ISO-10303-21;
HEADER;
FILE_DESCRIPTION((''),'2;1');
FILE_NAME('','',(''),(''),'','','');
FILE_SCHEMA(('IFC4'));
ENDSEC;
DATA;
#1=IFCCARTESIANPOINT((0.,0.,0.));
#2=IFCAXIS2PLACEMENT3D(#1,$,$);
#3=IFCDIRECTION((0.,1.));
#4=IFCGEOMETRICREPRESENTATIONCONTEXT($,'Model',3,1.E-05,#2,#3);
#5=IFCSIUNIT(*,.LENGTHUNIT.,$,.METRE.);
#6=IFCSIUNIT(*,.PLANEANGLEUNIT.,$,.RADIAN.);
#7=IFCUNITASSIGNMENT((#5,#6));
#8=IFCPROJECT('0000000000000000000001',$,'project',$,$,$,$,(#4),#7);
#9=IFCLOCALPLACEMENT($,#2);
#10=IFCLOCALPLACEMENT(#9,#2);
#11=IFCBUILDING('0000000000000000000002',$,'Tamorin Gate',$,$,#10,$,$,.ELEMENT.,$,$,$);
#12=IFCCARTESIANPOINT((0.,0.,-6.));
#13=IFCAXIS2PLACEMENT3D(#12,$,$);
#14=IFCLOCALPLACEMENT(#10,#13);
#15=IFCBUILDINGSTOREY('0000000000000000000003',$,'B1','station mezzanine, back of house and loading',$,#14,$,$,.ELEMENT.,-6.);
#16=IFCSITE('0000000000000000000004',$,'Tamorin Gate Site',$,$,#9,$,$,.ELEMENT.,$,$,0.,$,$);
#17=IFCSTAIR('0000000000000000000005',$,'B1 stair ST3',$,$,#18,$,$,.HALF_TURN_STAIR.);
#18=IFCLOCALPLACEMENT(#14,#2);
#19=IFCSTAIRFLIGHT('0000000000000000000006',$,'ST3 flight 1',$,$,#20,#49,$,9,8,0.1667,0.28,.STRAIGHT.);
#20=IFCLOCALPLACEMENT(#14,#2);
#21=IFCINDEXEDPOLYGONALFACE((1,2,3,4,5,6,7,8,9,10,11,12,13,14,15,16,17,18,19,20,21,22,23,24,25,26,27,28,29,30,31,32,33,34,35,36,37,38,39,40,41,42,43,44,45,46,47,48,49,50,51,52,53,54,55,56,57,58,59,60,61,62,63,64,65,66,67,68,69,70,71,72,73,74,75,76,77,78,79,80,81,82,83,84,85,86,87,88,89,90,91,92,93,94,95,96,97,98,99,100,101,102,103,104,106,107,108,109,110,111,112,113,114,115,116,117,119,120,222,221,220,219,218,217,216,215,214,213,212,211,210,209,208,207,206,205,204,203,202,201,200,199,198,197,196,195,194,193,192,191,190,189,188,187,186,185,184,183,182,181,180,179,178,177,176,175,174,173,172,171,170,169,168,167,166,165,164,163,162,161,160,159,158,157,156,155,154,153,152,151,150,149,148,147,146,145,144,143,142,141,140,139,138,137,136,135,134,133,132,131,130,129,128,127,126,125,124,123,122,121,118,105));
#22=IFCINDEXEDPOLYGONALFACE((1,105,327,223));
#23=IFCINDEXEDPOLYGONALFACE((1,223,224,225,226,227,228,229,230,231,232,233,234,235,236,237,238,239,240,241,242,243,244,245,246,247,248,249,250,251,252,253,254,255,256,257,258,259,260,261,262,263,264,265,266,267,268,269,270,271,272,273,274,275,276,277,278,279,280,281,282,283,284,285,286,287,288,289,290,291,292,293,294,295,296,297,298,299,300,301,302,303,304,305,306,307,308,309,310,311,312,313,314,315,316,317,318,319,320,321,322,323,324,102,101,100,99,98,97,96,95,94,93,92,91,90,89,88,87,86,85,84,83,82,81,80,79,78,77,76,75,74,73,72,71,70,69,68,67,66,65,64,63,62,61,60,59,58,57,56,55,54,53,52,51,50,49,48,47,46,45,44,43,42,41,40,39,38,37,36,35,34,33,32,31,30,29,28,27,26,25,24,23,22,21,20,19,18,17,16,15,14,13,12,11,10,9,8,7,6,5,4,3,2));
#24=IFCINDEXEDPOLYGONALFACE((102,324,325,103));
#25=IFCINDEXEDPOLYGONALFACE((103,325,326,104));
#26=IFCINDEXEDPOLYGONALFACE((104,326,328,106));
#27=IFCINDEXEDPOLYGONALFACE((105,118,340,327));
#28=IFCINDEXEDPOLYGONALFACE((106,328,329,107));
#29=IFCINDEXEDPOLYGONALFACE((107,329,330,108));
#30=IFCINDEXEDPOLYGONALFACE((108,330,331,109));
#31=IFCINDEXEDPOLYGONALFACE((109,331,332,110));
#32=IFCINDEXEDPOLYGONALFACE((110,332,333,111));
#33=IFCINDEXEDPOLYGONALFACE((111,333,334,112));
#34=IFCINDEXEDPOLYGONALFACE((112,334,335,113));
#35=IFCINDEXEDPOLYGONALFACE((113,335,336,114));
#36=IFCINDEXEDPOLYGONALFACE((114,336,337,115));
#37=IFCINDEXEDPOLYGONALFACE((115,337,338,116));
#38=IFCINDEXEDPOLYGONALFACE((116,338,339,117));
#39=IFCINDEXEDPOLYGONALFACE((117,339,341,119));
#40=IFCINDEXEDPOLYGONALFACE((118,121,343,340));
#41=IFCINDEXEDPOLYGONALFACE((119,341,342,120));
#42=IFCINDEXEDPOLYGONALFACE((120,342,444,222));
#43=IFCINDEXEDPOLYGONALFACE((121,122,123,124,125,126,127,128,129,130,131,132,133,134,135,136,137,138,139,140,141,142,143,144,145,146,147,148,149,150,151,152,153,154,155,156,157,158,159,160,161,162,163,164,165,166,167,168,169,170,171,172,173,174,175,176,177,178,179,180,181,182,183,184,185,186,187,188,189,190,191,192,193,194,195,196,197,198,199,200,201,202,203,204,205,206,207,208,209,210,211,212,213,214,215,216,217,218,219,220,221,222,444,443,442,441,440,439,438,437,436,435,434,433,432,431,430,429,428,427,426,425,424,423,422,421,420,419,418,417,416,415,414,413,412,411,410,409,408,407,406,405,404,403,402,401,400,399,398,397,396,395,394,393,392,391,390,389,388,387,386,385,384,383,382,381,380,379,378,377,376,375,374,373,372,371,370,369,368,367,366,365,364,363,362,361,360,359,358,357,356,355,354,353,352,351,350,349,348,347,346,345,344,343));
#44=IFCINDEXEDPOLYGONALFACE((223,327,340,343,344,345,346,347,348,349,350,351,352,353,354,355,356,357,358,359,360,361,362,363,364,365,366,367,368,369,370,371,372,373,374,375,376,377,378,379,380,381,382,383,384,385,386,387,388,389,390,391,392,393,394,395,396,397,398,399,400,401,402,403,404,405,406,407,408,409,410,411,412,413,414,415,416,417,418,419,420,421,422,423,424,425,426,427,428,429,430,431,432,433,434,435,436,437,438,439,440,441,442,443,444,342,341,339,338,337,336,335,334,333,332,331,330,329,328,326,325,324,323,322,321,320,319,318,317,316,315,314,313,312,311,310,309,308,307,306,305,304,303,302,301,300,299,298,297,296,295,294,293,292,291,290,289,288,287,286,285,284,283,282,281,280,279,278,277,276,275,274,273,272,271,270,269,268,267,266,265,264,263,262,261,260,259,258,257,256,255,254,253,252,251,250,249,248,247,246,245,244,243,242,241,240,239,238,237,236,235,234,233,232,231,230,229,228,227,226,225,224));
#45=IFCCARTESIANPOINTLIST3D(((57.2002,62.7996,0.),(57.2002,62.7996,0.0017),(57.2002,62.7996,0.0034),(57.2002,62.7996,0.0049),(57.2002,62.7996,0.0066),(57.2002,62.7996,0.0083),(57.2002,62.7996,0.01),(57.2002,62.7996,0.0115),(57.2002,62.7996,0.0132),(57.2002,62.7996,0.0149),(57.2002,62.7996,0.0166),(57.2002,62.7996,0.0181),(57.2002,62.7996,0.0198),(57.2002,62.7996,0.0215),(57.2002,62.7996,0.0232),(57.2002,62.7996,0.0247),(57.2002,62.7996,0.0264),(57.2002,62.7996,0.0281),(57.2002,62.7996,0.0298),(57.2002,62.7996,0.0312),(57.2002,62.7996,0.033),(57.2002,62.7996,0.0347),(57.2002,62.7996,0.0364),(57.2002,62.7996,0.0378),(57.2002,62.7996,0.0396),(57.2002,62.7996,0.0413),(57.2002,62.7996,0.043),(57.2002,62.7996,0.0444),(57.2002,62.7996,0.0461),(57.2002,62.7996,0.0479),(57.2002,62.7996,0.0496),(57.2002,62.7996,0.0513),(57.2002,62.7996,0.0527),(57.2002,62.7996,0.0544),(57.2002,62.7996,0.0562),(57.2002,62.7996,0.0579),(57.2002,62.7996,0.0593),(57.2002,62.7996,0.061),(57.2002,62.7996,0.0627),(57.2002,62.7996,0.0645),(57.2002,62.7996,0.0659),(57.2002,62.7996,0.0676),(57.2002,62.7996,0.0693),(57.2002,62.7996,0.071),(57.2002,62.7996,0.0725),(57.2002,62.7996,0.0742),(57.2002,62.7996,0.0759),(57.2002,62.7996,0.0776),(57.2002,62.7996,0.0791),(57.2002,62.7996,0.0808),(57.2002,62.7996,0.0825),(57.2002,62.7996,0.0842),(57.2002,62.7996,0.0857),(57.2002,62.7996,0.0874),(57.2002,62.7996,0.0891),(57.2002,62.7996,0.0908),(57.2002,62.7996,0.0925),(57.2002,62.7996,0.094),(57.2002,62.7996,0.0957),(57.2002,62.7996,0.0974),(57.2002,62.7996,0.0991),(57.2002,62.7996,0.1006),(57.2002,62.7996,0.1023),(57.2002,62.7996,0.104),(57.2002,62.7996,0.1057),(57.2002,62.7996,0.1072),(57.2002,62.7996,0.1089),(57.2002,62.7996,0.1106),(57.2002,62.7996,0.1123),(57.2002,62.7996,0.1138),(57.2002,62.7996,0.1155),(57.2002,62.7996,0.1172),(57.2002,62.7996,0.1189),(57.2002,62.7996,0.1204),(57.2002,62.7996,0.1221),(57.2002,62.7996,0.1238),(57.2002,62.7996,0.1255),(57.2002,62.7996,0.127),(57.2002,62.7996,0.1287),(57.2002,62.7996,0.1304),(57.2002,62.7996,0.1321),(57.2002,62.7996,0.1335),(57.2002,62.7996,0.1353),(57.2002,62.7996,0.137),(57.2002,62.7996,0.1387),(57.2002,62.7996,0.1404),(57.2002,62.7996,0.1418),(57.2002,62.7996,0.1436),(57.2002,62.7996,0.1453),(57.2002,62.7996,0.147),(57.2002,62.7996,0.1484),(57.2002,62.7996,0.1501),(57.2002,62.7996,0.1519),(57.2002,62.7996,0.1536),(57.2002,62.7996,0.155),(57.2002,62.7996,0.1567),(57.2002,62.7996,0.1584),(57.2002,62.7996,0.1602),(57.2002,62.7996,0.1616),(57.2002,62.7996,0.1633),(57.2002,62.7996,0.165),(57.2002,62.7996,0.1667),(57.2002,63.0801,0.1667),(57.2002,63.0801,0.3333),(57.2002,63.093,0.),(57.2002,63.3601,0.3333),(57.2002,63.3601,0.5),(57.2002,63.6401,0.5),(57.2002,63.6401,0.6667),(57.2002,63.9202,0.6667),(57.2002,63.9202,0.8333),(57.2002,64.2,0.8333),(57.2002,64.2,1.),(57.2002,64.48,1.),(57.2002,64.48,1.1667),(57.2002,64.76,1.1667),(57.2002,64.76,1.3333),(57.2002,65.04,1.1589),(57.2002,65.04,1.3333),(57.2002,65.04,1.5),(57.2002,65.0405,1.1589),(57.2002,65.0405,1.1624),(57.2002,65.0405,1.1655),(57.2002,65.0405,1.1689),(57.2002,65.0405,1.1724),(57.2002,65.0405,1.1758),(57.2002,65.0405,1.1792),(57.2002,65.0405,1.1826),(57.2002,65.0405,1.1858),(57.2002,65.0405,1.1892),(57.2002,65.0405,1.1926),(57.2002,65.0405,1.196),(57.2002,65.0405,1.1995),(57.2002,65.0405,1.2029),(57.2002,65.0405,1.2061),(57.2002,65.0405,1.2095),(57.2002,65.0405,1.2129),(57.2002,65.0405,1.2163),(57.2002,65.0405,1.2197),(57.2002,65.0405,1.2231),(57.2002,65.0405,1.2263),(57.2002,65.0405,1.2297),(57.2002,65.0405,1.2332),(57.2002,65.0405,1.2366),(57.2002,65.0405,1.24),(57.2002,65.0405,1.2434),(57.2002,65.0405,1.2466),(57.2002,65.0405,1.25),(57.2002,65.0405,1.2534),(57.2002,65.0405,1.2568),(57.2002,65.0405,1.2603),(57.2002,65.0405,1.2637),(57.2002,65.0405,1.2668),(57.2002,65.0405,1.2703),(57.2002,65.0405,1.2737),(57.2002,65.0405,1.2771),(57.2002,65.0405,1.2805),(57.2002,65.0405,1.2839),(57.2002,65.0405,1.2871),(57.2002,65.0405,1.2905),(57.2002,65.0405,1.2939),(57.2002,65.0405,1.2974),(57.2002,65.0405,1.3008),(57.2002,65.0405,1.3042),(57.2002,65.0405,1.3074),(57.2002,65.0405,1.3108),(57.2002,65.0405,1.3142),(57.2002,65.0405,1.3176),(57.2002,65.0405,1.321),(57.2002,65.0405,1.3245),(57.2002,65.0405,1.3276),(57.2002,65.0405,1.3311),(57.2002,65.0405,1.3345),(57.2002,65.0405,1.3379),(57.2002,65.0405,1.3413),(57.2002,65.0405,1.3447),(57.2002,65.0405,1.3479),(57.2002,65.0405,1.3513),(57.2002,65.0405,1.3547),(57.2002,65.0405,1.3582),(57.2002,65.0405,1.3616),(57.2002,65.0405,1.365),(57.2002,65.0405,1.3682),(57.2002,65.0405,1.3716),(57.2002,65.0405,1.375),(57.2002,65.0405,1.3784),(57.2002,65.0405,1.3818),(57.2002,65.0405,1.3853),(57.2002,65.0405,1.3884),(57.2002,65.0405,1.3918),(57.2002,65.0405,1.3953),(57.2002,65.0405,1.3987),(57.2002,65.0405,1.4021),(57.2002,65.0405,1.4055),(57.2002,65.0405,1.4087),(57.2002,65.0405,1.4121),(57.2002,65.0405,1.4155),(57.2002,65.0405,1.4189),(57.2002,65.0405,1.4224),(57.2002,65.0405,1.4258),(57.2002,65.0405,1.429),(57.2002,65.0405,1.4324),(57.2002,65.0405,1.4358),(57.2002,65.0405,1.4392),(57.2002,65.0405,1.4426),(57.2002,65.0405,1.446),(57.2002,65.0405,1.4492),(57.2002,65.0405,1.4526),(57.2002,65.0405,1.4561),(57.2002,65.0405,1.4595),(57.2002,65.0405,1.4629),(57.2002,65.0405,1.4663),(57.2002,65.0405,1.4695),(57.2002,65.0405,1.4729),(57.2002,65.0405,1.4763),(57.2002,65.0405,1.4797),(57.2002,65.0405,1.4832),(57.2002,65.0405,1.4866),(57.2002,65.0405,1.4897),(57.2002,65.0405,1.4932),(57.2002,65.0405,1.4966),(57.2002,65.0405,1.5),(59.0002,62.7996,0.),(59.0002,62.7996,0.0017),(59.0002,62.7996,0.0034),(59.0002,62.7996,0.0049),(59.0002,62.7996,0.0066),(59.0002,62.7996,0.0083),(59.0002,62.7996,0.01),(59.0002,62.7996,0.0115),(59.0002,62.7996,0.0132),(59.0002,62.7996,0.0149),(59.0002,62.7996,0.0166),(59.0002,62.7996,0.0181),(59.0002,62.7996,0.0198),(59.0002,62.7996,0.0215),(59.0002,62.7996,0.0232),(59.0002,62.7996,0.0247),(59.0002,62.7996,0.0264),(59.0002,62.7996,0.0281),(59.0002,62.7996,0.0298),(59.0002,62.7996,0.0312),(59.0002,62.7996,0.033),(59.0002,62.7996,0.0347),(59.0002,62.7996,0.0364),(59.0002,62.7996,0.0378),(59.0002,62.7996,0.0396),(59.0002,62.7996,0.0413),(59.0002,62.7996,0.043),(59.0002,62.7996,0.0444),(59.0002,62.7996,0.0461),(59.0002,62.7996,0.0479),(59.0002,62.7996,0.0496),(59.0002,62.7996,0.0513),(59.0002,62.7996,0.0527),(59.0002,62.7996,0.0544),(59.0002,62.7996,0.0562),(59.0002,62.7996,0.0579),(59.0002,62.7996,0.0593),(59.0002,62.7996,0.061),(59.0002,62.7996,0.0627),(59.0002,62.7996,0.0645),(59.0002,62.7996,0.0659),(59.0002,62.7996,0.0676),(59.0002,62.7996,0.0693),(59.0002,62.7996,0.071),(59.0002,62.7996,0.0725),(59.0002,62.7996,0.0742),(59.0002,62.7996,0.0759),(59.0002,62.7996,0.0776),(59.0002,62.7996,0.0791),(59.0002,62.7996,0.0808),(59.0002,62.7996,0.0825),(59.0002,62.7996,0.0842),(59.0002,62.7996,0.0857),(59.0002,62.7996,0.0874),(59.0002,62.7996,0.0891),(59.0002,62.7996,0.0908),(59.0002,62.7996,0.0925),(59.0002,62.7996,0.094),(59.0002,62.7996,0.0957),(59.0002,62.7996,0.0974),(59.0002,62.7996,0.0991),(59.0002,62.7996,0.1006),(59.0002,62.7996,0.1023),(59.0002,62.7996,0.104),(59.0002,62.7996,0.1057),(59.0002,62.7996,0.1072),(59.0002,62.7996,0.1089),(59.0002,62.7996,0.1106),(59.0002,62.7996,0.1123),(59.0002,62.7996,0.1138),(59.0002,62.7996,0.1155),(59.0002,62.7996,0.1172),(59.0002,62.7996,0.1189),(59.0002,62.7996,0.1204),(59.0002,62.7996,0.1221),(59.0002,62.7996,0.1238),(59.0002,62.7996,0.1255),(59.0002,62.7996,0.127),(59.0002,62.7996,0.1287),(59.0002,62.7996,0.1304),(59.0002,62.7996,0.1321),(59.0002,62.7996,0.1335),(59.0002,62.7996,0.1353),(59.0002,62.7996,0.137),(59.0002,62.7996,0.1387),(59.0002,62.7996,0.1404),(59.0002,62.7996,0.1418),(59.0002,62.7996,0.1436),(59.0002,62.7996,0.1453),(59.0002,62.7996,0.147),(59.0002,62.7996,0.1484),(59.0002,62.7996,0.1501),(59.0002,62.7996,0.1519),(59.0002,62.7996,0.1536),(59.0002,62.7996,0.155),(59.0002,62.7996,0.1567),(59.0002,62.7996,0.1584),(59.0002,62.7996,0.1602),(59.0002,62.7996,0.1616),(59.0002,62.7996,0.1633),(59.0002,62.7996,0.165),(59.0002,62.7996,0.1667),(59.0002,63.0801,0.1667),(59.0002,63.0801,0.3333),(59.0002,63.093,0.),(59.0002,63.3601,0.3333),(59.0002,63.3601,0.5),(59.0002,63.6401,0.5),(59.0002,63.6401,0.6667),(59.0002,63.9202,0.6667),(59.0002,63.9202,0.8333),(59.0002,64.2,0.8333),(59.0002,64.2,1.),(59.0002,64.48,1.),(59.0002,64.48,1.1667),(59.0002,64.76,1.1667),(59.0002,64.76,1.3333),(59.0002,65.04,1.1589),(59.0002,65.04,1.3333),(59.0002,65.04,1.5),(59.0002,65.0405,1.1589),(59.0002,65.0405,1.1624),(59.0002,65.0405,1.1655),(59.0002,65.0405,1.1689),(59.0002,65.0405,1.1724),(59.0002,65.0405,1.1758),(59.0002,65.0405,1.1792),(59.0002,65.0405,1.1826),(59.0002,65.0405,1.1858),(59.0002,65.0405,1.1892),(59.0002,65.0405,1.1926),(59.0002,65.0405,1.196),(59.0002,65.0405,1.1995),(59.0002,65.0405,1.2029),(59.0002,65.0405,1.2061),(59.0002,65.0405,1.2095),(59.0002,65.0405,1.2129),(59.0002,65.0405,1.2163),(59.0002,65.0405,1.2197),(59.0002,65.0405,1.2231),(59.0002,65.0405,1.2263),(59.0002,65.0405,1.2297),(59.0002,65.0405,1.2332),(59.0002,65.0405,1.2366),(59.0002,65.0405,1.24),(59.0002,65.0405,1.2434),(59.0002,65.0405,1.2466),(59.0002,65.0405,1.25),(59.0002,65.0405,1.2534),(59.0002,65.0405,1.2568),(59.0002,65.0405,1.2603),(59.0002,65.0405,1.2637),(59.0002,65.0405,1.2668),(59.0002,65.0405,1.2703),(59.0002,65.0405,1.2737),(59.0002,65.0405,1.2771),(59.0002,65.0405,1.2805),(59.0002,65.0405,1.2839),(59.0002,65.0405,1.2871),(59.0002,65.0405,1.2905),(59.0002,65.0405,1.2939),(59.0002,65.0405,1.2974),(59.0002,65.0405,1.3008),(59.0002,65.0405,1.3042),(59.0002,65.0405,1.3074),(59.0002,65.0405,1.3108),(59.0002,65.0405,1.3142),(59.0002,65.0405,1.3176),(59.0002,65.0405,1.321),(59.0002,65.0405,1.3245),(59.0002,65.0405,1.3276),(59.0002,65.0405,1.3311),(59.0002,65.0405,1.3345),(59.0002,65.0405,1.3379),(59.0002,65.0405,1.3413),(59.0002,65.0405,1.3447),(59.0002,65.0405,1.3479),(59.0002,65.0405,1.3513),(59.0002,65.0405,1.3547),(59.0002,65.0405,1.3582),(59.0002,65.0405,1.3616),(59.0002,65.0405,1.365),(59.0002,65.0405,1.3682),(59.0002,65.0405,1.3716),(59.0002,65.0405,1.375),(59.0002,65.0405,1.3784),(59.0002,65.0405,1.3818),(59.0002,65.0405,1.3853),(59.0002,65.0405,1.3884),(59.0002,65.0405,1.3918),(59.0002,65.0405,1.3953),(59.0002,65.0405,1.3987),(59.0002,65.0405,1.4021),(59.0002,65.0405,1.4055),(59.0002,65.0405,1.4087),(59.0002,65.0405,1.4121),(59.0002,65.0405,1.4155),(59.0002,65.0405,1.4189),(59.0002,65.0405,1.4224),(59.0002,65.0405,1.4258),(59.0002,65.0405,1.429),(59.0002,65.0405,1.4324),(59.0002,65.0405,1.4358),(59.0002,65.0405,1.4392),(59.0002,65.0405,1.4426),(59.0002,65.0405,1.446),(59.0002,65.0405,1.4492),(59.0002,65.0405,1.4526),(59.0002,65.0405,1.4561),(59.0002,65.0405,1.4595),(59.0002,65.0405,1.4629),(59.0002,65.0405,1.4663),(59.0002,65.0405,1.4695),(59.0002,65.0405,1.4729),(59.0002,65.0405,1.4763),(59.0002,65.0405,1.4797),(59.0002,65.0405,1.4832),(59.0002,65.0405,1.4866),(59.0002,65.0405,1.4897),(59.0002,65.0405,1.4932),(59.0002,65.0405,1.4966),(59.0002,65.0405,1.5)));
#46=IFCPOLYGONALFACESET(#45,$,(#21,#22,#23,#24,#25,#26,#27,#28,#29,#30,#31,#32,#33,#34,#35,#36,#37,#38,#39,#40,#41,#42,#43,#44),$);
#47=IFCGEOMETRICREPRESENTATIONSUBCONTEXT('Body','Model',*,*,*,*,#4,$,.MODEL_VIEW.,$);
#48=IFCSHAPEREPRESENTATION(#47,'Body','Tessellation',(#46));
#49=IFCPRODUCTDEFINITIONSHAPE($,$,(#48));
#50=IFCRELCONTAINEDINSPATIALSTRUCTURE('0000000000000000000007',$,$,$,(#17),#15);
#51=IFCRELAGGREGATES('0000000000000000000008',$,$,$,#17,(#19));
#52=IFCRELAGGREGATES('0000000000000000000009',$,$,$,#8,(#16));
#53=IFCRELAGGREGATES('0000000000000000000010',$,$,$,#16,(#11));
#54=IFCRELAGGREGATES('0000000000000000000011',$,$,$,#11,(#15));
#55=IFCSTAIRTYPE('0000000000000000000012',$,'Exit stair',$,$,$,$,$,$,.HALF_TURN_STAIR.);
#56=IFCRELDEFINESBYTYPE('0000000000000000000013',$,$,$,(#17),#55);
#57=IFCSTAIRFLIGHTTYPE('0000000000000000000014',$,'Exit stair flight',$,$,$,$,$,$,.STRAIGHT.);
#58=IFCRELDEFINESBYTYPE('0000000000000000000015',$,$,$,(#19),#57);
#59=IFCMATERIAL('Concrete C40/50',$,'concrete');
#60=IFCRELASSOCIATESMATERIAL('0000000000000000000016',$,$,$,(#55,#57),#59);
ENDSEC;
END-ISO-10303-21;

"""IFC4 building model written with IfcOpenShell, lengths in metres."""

from ifc_helpers import new_model, si_unit, direction, frame, origin, place, context, subcontext, project, spatial, polyline, outline, extrude, material, type_object, element, aggregate, save


model = new_model("IFC4")

# Units and contexts
model_context = context("Model", 3, precision=1e-05, world=origin(), true_north=direction((0.0, 1.0)))
body_context = subcontext(model_context, "Body", "Model", "MODEL_VIEW")
ifc_project = project(units=[si_unit("LENGTHUNIT", "METRE"), si_unit("PLANEANGLEUNIT", "RADIAN")], contexts=[model_context])

# Site, building, storey
site_placement = place(None, origin())
site = spatial("IfcSite", under=ifc_project, at=site_placement, Name="Tamorin Gate Site", CompositionType="ELEMENT", RefElevation=0.0)
building_placement = place(site_placement, origin())
building = spatial("IfcBuilding", under=site, at=building_placement, Name="Tamorin Gate", CompositionType="ELEMENT")
storey_placement = place(building_placement, frame((0.0, 0.0, -6.0)))
storey = spatial("IfcBuildingStorey", under=building, at=storey_placement, Name="B1", Description="station mezzanine, back of house and loading", CompositionType="ELEMENT", Elevation=-6.0)

# Shared definitions
ifc_material_1 = material(Name="Concrete C40/50", Category="concrete")

# Stair, stair flight
stair_type = type_object("IfcStairType", Name="Exit stair", PredefinedType="HALF_TURN_STAIR", material=ifc_material_1)
stair_placement = place(storey_placement, origin())
stair = element("IfcStair", 1, at=stair_placement, inside=storey, type_object=stair_type, Name="B1 stair ST3", PredefinedType="HALF_TURN_STAIR")
stair_flight_type = type_object("IfcStairFlightType", Name="Exit stair flight", PredefinedType="STRAIGHT", material=ifc_material_1)
stair_flight_1_placement = place(storey_placement, frame((58.1001, 62.8, 0.0), z_axis=(0.0, 0.0, 1.0), x_axis=(0.0, 1.0, 0.0)))
stair_flight_1 = element("IfcStairFlight", 2, at=stair_flight_1_placement, type_object=stair_flight_type, Name="ST3 flight 1", NumberOfRisers=9, NumberOfTreads=8, PredefinedType="STRAIGHT", RiserHeight=0.1667, TreadLength=0.28, context=body_context, shape_type="SweptSolid", body=[
    extrude(outline(polyline([(-0.0005, 0.0), (-0.0005, 0.0017), (-0.0005, 0.0034), (-0.0005, 0.0049), (-0.0005, 0.0066), (-0.0005, 0.0083), (-0.0005, 0.01), (-0.0005, 0.0115), (-0.0005, 0.0132), (-0.0005, 0.0149), (-0.0005, 0.0166), (-0.0005, 0.0181), (-0.0005, 0.0198), (-0.0005, 0.0215), (-0.0005, 0.0232), (-0.0005, 0.0247), (-0.0005, 0.0264), (-0.0005, 0.0281), (-0.0005, 0.0298), (-0.0005, 0.0312), (-0.0005, 0.033), (-0.0005, 0.0347), (-0.0005, 0.0364), (-0.0005, 0.0378), (-0.0005, 0.0396), (-0.0005, 0.0413), (-0.0005, 0.043), (-0.0005, 0.0444), (-0.0005, 0.0461), (-0.0005, 0.0479), (-0.0005, 0.0496), (-0.0005, 0.0513), (-0.0005, 0.0527), (-0.0005, 0.0544), (-0.0005, 0.0562), (-0.0005, 0.0579), (-0.0005, 0.0593), (-0.0005, 0.061), (-0.0005, 0.0627), (-0.0005, 0.0645), (-0.0005, 0.0659), (-0.0005, 0.0676), (-0.0005, 0.0693), (-0.0005, 0.071), (-0.0005, 0.0725), (-0.0005, 0.0742), (-0.0005, 0.0759), (-0.0005, 0.0776), (-0.0005, 0.0791), (-0.0005, 0.0808), (-0.0005, 0.0825), (-0.0005, 0.0842), (-0.0005, 0.0857), (-0.0005, 0.0874), (-0.0005, 0.0891), (-0.0005, 0.0908), (-0.0005, 0.0925), (-0.0005, 0.094), (-0.0005, 0.0957), (-0.0005, 0.0974), (-0.0005, 0.0991), (-0.0005, 0.1006), (-0.0005, 0.1023), (-0.0005, 0.104), (-0.0005, 0.1057), (-0.0005, 0.1072), (-0.0005, 0.1089), (-0.0005, 0.1106), (-0.0005, 0.1123), (-0.0005, 0.1138), (-0.0005, 0.1155), (-0.0005, 0.1172), (-0.0005, 0.1189), (-0.0005, 0.1204), (-0.0005, 0.1221), (-0.0005, 0.1238), (-0.0005, 0.1255), (-0.0005, 0.127), (-0.0005, 0.1287), (-0.0005, 0.1304), (-0.0005, 0.1321), (-0.0005, 0.1335), (-0.0005, 0.1353), (-0.0005, 0.137), (-0.0005, 0.1387), (-0.0005, 0.1404), (-0.0005, 0.1418), (-0.0005, 0.1436), (-0.0005, 0.1453), (-0.0005, 0.147), (-0.0005, 0.1484), (-0.0005, 0.1501), (-0.0005, 0.1519), (-0.0005, 0.1536), (-0.0005, 0.155), (-0.0005, 0.1567), (-0.0005, 0.1584), (-0.0005, 0.1602), (-0.0005, 0.1616), (-0.0005, 0.1633), (-0.0005, 0.165), (-0.0005, 0.1667), (0.28, 0.1667), (0.28, 0.3333), (0.5601, 0.3333), (0.5601, 0.5), (0.8401, 0.5), (0.8401, 0.6667), (1.1201, 0.6667), (1.1201, 0.8333), (1.3999, 0.8333), (1.3999, 1.0), (1.6799, 1.0), (1.6799, 1.1667), (1.96, 1.1667), (1.96, 1.3333), (2.24, 1.3333), (2.24, 1.5), (2.2405, 1.5), (2.2405, 1.4966), (2.2405, 1.4932), (2.2405, 1.4897), (2.2405, 1.4866), (2.2405, 1.4832), (2.2405, 1.4797), (2.2405, 1.4763), (2.2405, 1.4729), (2.2405, 1.4695), (2.2405, 1.4663), (2.2405, 1.4629), (2.2405, 1.4595), (2.2405, 1.4561), (2.2405, 1.4526), (2.2405, 1.4492), (2.2405, 1.446), (2.2405, 1.4426), (2.2405, 1.4392), (2.2405, 1.4358), (2.2405, 1.4324), (2.2405, 1.429), (2.2405, 1.4258), (2.2405, 1.4224), (2.2405, 1.4189), (2.2405, 1.4155), (2.2405, 1.4121), (2.2405, 1.4087), (2.2405, 1.4055), (2.2405, 1.4021), (2.2405, 1.3987), (2.2405, 1.3953), (2.2405, 1.3918), (2.2405, 1.3884), (2.2405, 1.3853), (2.2405, 1.3818), (2.2405, 1.3784), (2.2405, 1.375), (2.2405, 1.3716), (2.2405, 1.3682), (2.2405, 1.365), (2.2405, 1.3616), (2.2405, 1.3582), (2.2405, 1.3547), (2.2405, 1.3513), (2.2405, 1.3479), (2.2405, 1.3447), (2.2405, 1.3413), (2.2405, 1.3379), (2.2405, 1.3345), (2.2405, 1.3311), (2.2405, 1.3276), (2.2405, 1.3245), (2.2405, 1.321), (2.2405, 1.3176), (2.2405, 1.3142), (2.2405, 1.3108), (2.2405, 1.3074), (2.2405, 1.3042), (2.2405, 1.3008), (2.2405, 1.2974), (2.2405, 1.2939), (2.2405, 1.2905), (2.2405, 1.2871), (2.2405, 1.2839), (2.2405, 1.2805), (2.2405, 1.2771), (2.2405, 1.2737), (2.2405, 1.2703), (2.2405, 1.2668), (2.2405, 1.2637), (2.2405, 1.2603), (2.2405, 1.2568), (2.2405, 1.2534), (2.2405, 1.25), (2.2405, 1.2466), (2.2405, 1.2434), (2.2405, 1.24), (2.2405, 1.2366), (2.2405, 1.2332), (2.2405, 1.2297), (2.2405, 1.2263), (2.2405, 1.2231), (2.2405, 1.2197), (2.2405, 1.2163), (2.2405, 1.2129), (2.2405, 1.2095), (2.2405, 1.2061), (2.2405, 1.2029), (2.2405, 1.1995), (2.2405, 1.196), (2.2405, 1.1926), (2.2405, 1.1892), (2.2405, 1.1858), (2.2405, 1.1826), (2.2405, 1.1792), (2.2405, 1.1758), (2.2405, 1.1724), (2.2405, 1.1689), (2.2405, 1.1655), (2.2405, 1.1624), (2.2405, 1.1589), (2.24, 1.1589), (0.293, 0.0), (-0.0005, 0.0)])), frame((0.0, 0.8999, 0.0), z_axis=(0.0, -1.0, 0.0), x_axis=(1.0, 0.0, 0.0)), (0.0, 0.0, 1.0), 1.8),
])
aggregate(stair, [stair_flight_1])

save(model, "model.ifc")
